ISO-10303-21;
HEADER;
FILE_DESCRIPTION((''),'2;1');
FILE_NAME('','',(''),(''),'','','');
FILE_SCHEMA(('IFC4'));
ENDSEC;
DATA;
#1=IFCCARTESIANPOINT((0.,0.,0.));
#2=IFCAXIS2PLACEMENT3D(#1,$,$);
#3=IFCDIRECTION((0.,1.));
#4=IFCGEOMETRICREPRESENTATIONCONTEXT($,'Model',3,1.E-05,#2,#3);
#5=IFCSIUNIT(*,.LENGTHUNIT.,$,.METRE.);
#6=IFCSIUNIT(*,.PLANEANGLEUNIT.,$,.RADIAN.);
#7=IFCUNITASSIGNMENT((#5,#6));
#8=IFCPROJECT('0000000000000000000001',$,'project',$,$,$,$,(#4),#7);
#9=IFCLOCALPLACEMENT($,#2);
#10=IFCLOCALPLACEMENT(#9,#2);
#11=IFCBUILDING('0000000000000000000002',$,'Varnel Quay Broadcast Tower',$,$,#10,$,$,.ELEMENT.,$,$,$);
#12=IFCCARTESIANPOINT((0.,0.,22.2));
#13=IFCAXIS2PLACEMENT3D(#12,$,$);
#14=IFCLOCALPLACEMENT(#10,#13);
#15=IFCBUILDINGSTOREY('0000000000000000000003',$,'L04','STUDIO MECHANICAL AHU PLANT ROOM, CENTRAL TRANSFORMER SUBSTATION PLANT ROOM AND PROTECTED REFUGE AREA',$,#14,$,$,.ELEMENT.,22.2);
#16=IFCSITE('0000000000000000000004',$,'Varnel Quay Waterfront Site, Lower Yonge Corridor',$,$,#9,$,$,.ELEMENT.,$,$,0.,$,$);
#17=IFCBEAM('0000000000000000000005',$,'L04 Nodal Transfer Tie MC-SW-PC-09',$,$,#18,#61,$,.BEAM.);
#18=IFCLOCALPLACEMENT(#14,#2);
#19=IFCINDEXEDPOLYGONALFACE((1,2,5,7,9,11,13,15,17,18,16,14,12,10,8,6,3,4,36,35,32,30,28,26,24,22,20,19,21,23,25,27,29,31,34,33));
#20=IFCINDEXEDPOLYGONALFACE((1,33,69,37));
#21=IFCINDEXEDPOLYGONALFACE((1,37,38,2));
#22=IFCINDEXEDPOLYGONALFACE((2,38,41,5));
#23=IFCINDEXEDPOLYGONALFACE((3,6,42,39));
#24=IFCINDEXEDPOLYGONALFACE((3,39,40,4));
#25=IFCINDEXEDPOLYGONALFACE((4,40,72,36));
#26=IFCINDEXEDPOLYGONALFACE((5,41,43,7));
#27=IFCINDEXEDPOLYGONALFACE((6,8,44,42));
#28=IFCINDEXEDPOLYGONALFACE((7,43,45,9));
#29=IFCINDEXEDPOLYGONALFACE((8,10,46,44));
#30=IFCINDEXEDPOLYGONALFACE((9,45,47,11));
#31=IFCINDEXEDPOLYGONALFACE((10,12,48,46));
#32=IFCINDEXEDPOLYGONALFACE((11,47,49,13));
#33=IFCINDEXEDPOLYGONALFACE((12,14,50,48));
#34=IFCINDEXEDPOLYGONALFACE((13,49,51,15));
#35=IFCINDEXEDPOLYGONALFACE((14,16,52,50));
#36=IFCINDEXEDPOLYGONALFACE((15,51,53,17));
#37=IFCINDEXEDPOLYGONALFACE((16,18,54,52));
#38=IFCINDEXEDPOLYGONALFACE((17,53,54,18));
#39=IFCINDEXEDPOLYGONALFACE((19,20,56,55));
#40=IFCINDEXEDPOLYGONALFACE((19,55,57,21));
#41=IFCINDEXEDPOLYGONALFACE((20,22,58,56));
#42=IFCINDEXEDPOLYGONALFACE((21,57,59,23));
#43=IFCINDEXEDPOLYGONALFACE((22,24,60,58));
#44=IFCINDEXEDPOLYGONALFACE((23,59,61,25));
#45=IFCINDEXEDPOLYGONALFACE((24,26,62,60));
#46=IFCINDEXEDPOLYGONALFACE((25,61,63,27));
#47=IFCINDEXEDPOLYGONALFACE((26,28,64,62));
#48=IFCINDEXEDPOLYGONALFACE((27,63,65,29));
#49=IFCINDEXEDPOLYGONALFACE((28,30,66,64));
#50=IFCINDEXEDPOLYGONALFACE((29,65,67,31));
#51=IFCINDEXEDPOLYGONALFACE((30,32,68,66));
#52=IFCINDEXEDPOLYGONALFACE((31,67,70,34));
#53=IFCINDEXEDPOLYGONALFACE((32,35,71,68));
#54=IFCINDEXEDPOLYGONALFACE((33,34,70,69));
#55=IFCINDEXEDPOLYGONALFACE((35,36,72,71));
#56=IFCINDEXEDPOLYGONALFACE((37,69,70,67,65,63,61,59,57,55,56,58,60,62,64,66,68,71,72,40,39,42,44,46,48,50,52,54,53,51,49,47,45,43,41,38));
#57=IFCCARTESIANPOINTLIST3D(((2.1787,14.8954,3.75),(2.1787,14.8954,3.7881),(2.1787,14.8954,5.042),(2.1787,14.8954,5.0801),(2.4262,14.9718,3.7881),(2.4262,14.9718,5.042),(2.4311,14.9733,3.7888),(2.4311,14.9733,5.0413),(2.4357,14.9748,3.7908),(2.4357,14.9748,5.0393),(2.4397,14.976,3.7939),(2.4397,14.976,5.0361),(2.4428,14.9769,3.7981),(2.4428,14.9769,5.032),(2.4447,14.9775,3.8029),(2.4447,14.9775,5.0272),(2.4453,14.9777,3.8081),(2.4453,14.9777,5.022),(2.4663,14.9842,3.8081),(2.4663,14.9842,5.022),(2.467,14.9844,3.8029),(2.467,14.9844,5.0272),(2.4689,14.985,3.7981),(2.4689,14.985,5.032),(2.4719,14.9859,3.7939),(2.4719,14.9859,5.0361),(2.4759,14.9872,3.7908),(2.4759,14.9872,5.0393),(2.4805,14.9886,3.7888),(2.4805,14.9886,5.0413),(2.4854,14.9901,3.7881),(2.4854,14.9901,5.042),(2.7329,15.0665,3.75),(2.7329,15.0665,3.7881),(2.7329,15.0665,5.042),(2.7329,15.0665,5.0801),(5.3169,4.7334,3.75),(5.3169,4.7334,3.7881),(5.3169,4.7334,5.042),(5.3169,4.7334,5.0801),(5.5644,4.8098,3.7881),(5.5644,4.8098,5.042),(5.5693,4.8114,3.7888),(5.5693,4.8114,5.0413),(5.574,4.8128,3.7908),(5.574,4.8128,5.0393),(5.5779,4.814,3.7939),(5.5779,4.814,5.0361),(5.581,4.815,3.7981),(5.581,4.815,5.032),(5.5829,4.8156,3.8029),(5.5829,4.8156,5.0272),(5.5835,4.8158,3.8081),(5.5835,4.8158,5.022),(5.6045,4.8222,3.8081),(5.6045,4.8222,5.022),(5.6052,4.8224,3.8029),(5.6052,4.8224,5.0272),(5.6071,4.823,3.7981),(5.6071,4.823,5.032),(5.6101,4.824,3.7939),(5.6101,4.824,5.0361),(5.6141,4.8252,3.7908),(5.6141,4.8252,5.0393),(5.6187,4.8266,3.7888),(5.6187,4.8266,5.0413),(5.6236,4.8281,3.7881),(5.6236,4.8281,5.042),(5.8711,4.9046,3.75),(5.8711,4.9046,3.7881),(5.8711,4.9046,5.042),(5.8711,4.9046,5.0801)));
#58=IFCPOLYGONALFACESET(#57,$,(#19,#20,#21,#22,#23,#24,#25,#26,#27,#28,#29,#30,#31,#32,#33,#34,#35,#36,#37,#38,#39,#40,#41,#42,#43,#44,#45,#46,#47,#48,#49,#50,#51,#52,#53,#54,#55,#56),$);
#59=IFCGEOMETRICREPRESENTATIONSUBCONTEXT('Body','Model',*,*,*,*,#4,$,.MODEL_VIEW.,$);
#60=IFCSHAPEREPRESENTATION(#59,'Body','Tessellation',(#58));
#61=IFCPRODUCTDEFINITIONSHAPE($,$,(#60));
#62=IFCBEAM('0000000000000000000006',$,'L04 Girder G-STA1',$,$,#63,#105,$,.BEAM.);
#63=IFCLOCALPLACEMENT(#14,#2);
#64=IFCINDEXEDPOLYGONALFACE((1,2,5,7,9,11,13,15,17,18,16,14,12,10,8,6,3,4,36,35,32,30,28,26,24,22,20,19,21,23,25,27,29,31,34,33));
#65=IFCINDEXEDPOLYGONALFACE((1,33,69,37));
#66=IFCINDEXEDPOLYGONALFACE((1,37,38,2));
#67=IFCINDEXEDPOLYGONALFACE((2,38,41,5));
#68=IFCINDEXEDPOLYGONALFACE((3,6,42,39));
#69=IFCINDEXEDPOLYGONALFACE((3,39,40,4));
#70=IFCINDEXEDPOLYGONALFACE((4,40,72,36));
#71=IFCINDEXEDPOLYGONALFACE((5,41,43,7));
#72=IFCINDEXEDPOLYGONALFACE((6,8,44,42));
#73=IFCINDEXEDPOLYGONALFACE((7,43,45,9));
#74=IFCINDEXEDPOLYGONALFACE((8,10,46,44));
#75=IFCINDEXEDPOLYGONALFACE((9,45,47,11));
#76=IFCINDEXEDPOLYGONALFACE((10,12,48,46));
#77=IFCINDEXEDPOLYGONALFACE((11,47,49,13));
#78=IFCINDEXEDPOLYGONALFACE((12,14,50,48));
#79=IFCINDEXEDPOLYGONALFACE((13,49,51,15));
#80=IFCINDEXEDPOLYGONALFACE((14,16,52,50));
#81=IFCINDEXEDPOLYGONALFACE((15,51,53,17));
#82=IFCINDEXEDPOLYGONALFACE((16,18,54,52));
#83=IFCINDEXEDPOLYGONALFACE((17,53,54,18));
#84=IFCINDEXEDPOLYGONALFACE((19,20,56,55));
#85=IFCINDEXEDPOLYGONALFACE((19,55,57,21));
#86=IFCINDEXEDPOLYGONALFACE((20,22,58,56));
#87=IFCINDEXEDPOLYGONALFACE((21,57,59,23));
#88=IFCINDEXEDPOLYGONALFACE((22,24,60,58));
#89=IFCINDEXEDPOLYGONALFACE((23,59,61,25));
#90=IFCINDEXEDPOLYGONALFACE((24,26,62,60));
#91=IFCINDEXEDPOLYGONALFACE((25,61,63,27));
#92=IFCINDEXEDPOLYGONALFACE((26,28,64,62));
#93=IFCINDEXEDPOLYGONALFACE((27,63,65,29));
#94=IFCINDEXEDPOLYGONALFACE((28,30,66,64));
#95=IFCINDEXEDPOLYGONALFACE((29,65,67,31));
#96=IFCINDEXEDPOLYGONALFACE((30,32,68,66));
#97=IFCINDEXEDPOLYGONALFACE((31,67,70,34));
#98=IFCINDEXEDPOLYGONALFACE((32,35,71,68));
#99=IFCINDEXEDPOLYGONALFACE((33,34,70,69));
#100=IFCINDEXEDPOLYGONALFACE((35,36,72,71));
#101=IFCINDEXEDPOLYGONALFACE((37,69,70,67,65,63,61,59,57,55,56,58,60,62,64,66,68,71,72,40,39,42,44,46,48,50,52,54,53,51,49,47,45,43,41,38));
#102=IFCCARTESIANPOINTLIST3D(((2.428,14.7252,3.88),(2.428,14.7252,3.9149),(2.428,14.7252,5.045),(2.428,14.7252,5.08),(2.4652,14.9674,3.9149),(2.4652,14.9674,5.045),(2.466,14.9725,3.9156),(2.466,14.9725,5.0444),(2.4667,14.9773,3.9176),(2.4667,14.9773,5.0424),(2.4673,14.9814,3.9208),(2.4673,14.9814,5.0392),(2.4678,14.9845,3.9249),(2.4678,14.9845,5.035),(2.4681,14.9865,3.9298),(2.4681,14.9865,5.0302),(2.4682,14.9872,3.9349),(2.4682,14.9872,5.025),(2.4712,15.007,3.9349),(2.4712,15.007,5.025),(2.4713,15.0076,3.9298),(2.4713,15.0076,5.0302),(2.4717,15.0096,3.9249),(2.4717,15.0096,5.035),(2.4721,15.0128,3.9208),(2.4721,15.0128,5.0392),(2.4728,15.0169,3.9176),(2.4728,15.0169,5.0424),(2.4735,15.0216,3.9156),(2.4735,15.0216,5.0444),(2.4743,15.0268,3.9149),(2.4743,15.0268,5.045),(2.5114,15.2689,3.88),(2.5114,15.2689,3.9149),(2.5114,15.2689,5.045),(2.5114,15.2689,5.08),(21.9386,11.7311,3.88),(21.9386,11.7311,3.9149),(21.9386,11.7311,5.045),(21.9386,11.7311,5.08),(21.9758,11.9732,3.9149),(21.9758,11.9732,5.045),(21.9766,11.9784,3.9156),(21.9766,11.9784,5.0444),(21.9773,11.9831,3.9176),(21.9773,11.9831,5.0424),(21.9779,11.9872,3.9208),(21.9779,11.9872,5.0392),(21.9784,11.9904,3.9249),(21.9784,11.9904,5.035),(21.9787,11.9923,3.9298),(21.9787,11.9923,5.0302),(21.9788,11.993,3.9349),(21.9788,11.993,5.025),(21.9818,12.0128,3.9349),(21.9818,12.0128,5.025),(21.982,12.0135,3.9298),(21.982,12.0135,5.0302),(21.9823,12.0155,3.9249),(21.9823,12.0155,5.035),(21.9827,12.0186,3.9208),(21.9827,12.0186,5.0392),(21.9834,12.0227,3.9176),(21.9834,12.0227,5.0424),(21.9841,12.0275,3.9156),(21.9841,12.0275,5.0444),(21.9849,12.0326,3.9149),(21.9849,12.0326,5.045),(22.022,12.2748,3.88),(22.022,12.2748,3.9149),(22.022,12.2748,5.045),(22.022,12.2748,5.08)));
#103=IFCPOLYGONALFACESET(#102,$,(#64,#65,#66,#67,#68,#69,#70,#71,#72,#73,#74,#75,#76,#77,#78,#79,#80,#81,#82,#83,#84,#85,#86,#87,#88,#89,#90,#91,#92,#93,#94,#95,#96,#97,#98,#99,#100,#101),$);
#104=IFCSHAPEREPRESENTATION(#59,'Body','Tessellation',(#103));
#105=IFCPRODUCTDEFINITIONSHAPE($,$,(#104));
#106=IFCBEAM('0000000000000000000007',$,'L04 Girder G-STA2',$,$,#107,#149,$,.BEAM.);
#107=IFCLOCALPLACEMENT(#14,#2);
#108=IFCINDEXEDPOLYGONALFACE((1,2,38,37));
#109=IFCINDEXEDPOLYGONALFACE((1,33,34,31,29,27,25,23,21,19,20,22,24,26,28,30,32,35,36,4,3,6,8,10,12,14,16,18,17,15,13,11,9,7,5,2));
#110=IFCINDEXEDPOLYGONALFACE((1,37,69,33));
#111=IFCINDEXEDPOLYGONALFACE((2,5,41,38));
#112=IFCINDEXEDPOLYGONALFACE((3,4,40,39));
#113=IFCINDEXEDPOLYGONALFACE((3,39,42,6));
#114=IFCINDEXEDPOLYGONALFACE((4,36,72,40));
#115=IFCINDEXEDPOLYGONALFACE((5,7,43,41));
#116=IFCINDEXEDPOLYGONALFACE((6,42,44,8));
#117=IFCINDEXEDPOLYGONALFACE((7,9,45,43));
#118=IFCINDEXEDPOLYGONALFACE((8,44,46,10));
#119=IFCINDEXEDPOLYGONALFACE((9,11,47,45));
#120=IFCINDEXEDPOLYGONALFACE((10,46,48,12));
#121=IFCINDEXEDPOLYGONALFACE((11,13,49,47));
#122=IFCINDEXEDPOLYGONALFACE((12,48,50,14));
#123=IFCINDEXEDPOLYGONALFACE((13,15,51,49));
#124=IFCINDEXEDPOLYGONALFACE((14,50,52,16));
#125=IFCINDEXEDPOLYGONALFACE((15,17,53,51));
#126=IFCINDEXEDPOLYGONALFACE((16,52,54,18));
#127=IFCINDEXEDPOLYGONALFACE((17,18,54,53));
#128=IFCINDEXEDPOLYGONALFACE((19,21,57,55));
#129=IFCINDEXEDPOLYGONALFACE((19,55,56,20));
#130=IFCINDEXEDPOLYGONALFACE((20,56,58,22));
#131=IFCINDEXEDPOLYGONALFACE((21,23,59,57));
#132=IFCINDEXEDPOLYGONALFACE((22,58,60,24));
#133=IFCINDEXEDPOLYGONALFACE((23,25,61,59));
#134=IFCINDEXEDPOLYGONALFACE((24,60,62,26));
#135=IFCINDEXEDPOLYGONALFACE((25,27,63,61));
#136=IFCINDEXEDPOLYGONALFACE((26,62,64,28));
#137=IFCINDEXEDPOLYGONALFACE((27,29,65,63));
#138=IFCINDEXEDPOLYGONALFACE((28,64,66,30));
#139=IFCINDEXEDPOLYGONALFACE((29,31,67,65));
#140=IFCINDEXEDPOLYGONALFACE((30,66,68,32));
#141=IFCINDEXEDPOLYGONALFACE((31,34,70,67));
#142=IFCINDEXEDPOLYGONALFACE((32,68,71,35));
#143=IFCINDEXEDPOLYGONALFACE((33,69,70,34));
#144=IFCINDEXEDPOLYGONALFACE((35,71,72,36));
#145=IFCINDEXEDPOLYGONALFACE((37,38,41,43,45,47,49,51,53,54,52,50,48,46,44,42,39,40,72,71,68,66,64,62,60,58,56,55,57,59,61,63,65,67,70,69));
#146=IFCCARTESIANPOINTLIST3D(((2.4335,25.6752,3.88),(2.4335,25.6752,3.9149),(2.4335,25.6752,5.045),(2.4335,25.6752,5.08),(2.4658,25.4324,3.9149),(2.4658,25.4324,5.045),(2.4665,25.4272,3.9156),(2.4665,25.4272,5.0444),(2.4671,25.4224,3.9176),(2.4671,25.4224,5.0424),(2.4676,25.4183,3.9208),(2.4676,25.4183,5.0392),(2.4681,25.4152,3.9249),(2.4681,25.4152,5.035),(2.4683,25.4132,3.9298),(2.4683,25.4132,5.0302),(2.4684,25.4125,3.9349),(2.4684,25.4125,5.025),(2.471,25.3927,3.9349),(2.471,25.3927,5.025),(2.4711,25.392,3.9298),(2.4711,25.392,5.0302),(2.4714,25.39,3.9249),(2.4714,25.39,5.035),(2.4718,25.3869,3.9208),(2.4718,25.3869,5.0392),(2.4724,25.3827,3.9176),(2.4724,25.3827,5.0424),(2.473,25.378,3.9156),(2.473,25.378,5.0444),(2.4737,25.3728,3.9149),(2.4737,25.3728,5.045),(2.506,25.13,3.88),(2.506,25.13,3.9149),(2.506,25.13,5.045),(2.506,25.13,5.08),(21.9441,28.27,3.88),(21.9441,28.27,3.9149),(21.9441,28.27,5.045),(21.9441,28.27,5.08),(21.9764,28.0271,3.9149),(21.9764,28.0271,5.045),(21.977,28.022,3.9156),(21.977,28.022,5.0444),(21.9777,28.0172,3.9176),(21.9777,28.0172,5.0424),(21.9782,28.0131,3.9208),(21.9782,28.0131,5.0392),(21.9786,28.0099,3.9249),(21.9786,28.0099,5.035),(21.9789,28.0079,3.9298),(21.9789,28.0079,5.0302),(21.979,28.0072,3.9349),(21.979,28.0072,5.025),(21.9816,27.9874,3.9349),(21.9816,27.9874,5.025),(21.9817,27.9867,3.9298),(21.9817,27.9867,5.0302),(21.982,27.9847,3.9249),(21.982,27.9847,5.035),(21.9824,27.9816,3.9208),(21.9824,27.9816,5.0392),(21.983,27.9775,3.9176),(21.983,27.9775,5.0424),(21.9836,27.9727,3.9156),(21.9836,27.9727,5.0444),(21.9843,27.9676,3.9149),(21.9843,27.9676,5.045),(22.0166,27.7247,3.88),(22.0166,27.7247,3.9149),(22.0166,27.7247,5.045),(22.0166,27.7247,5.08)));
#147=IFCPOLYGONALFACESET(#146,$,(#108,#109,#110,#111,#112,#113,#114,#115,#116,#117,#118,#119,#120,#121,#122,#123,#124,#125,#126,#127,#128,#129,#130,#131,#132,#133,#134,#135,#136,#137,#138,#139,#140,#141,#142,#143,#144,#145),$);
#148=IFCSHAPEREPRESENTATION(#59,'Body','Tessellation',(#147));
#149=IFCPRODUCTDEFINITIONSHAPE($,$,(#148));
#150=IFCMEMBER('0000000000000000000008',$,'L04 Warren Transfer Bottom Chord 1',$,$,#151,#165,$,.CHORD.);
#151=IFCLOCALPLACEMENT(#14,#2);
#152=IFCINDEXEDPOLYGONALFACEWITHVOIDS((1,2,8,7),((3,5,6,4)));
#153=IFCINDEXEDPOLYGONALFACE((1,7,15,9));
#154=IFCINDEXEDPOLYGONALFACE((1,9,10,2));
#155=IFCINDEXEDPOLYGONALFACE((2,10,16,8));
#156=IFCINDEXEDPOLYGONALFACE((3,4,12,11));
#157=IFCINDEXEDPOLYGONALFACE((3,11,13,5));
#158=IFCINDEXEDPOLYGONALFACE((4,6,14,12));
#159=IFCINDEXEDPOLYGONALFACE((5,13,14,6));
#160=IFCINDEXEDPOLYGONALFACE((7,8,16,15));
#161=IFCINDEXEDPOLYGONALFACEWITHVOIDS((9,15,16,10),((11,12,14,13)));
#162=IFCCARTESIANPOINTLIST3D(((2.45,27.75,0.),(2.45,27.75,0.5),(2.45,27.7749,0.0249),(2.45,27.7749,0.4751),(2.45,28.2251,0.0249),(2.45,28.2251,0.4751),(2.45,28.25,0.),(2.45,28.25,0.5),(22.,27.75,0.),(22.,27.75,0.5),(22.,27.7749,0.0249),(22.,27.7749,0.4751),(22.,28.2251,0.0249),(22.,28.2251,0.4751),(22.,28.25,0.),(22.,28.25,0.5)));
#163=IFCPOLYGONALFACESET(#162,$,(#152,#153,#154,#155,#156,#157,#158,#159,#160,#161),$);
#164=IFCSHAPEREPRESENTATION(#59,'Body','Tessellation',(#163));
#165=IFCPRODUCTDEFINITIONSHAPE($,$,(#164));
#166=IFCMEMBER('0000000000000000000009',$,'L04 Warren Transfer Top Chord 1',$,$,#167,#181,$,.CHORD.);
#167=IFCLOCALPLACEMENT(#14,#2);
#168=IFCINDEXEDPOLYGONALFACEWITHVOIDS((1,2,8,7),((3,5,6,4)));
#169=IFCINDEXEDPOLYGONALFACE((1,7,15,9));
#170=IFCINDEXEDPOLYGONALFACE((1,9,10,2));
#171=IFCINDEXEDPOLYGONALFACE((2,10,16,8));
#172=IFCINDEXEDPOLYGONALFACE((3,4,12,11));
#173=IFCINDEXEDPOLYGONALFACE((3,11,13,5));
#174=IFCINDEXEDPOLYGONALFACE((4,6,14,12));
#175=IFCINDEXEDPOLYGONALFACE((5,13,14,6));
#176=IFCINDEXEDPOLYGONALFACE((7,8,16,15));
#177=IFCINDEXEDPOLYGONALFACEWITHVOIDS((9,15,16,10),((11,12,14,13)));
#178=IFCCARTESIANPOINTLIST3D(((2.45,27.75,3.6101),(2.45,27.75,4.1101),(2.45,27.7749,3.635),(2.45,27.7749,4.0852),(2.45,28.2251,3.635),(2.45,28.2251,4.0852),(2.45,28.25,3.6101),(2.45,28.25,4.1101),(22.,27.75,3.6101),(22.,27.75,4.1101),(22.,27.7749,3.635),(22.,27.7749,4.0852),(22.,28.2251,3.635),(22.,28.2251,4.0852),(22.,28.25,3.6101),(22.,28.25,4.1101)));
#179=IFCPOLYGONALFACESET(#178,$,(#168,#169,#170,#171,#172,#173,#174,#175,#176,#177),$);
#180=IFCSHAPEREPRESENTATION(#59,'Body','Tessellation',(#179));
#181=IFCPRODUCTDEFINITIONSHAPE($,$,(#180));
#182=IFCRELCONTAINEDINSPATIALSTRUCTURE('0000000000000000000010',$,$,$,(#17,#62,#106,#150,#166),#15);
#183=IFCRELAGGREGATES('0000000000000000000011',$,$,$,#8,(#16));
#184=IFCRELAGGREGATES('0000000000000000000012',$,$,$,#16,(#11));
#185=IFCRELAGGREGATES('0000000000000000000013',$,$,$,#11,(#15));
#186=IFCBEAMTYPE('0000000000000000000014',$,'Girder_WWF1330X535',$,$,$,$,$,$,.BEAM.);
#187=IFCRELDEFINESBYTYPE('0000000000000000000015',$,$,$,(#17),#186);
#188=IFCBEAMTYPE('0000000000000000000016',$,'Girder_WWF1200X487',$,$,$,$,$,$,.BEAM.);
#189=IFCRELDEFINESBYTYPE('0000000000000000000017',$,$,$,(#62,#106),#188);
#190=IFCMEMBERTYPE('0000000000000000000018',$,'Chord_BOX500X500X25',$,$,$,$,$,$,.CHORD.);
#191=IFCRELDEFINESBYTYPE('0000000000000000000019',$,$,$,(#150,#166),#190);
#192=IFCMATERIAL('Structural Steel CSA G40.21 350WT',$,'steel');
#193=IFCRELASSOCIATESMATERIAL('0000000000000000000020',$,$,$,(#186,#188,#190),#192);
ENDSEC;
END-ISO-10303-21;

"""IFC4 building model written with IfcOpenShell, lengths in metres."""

from ifc_helpers import new_model, si_unit, direction, frame, origin, origin_2d, place, context, subcontext, project, spatial, hollow_rectangle, i_section, extrude, source, transform, mapped, material, material_profile, profile_set, type_object, type_shapes, element, save


model = new_model("IFC4")

# Units and contexts
model_context = context("Model", 3, precision=1e-05, world=origin(), true_north=direction((0.0, 1.0)))
body_context = subcontext(model_context, "Body", "Model", "MODEL_VIEW")
ifc_project = project(units=[si_unit("LENGTHUNIT", "METRE"), si_unit("PLANEANGLEUNIT", "RADIAN")], contexts=[model_context])

# Site, building, storey
site_placement = place(None, origin())
site = spatial("IfcSite", under=ifc_project, at=site_placement, Name="Varnel Quay Waterfront Site, Lower Yonge Corridor", CompositionType="ELEMENT", RefElevation=0.0)
building_placement = place(site_placement, origin())
building = spatial("IfcBuilding", under=site, at=building_placement, Name="Varnel Quay Broadcast Tower", CompositionType="ELEMENT")
storey_placement = place(building_placement, frame((0.0, 0.0, 22.2)))
storey = spatial("IfcBuildingStorey", under=building, at=storey_placement, Name="L04", Description="STUDIO MECHANICAL AHU PLANT ROOM, CENTRAL TRANSFORMER SUBSTATION PLANT ROOM AND PROTECTED REFUGE AREA", CompositionType="ELEMENT", Elevation=22.2)

# Beams
ifc_material_1 = material(Name="Structural Steel CSA G40.21 350WT", Category="steel")
ifc_material_profile_1 = material_profile(ifc_material_1, i_section(OverallWidth=0.5801, OverallDepth=1.3301, WebThickness=0.022, FlangeThickness=0.0381, FilletRadius=0.02, at=origin_2d()), Name="WWF1330X535")
ifc_profile_set_1 = profile_set([ifc_material_profile_1], Name="Structural Steel CSA G40.21 350WT")
beam_type_1 = type_object("IfcBeamType", Name="Girder_WWF1330X535", PredefinedType="BEAM", material=ifc_profile_set_1)
shared_shape_1 = source(origin(), body_context, "Body", "SweptSolid", [
    extrude(i_section(OverallWidth=0.5801, OverallDepth=1.3301, WebThickness=0.022, FlangeThickness=0.0381, FilletRadius=0.02, at=origin_2d()), origin(), (0.0, 0.0, 1.0), 10.6355),
])
beam_1_placement = place(storey_placement, frame((2.4558, 14.981, 4.415), z_axis=(0.29507, -0.955476, 0.0), x_axis=(0.955476, 0.29507, 0.0)))
element("IfcBeam", 1, at=beam_1_placement, inside=storey, type_object=beam_type_1, Name="L04 Nodal Transfer Tie MC-SW-PC-09", PredefinedType="BEAM", context=body_context, shape_type="MappedRepresentation", body=[
    mapped(shared_shape_1, transform((0.0, 0.0, 0.0), x_axis=(1.0, 0.0, 0.0), y_axis=(0.0, 1.0, 0.0), z_axis=(0.0, 0.0, 1.0), scale=1.0)),
])
ifc_material_profile_2 = material_profile(ifc_material_1, i_section(OverallWidth=0.55, OverallDepth=1.2, WebThickness=0.02, FlangeThickness=0.0349, FilletRadius=0.02, at=origin_2d()), Name="WWF1200X487")
ifc_profile_set_2 = profile_set([ifc_material_profile_2], Name="Structural Steel CSA G40.21 350WT")
beam_type_2 = type_object("IfcBeamType", Name="Girder_WWF1200X487", PredefinedType="BEAM", material=ifc_profile_set_2)
shared_shape_2 = source(origin(), body_context, "Body", "SweptSolid", [
    extrude(i_section(OverallWidth=0.55, OverallDepth=1.2, WebThickness=0.02, FlangeThickness=0.0349, FilletRadius=0.02, at=origin_2d()), origin(), (0.0, 0.0, 1.0), 19.739),
])
beam_2_placement = place(storey_placement, frame((2.4697, 14.9971, 4.48), z_axis=(0.988429, -0.151687, 0.0), x_axis=(0.151687, 0.988429, 0.0)))
element("IfcBeam", 2, at=beam_2_placement, inside=storey, type_object=beam_type_2, Name="L04 Girder G-STA1", PredefinedType="BEAM", context=body_context, shape_type="MappedRepresentation", body=[
    mapped(shared_shape_2, transform((0.0, 0.0, 0.0), x_axis=(1.0, 0.0, 0.0), y_axis=(0.0, 1.0, 0.0), z_axis=(0.0, 0.0, 1.0), scale=1.0)),
])
shared_shape_3 = source(origin(), body_context, "Body", "SweptSolid", [
    extrude(i_section(OverallWidth=0.55, OverallDepth=1.2, WebThickness=0.02, FlangeThickness=0.0349, FilletRadius=0.02, at=origin_2d()), origin(), (0.0, 0.0, 1.0), 19.6824),
])
type_shapes(beam_type_2, [shared_shape_2, shared_shape_3])
beam_3_placement = place(storey_placement, frame((2.4697, 25.4026, 4.48), z_axis=(0.991272, 0.131831, 0.0), x_axis=(-0.131831, 0.991272, 0.0)))
element("IfcBeam", 3, at=beam_3_placement, inside=storey, type_object=beam_type_2, Name="L04 Girder G-STA2", PredefinedType="BEAM", context=body_context, shape_type="MappedRepresentation", body=[
    mapped(shared_shape_3, transform((0.0, 0.0, 0.0), x_axis=(1.0, 0.0, 0.0), y_axis=(0.0, 1.0, 0.0), z_axis=(0.0, 0.0, 1.0), scale=1.0)),
])

# Members
ifc_material_profile_3 = material_profile(ifc_material_1, hollow_rectangle(XDim=0.5, YDim=0.5, WallThickness=0.0249, at=origin_2d()), Name="BOX500X500X25")
ifc_profile_set_3 = profile_set([ifc_material_profile_3], Name="Structural Steel CSA G40.21 350WT")
member_type_1 = type_object("IfcMemberType", Name="Chord_BOX500X500X25", PredefinedType="CHORD", material=ifc_profile_set_3)
shared_shape_4 = source(origin(), body_context, "Body", "SweptSolid", [
    extrude(hollow_rectangle(XDim=0.5, YDim=0.5, WallThickness=0.0249, at=origin_2d()), origin(), (0.0, 0.0, 1.0), 19.55),
])
type_shapes(member_type_1, [shared_shape_4])
for number, where, z_axis, x_axis, name in (
    (4, (2.45, 28.0, 0.25), (1.0, 0.0, 0.0), (0.0, 1.0, 0.0), "L04 Warren Transfer Bottom Chord 1"),
    (5, (2.45, 28.0, 3.8601), (1.0, 0.0, 0.0), (0.0, 1.0, 0.0), "L04 Warren Transfer Top Chord 1"),
):
    element("IfcMember", number, at=place(storey_placement, frame(where, z_axis=z_axis, x_axis=x_axis)), inside=storey, type_object=member_type_1, Name=name, PredefinedType="CHORD", context=body_context, shape_type="MappedRepresentation", body=[
        mapped(shared_shape_4, transform((0.0, 0.0, 0.0), x_axis=(1.0, 0.0, 0.0), y_axis=(0.0, 1.0, 0.0), z_axis=(0.0, 0.0, 1.0), scale=1.0)),
    ])

save(model, "model.ifc")
